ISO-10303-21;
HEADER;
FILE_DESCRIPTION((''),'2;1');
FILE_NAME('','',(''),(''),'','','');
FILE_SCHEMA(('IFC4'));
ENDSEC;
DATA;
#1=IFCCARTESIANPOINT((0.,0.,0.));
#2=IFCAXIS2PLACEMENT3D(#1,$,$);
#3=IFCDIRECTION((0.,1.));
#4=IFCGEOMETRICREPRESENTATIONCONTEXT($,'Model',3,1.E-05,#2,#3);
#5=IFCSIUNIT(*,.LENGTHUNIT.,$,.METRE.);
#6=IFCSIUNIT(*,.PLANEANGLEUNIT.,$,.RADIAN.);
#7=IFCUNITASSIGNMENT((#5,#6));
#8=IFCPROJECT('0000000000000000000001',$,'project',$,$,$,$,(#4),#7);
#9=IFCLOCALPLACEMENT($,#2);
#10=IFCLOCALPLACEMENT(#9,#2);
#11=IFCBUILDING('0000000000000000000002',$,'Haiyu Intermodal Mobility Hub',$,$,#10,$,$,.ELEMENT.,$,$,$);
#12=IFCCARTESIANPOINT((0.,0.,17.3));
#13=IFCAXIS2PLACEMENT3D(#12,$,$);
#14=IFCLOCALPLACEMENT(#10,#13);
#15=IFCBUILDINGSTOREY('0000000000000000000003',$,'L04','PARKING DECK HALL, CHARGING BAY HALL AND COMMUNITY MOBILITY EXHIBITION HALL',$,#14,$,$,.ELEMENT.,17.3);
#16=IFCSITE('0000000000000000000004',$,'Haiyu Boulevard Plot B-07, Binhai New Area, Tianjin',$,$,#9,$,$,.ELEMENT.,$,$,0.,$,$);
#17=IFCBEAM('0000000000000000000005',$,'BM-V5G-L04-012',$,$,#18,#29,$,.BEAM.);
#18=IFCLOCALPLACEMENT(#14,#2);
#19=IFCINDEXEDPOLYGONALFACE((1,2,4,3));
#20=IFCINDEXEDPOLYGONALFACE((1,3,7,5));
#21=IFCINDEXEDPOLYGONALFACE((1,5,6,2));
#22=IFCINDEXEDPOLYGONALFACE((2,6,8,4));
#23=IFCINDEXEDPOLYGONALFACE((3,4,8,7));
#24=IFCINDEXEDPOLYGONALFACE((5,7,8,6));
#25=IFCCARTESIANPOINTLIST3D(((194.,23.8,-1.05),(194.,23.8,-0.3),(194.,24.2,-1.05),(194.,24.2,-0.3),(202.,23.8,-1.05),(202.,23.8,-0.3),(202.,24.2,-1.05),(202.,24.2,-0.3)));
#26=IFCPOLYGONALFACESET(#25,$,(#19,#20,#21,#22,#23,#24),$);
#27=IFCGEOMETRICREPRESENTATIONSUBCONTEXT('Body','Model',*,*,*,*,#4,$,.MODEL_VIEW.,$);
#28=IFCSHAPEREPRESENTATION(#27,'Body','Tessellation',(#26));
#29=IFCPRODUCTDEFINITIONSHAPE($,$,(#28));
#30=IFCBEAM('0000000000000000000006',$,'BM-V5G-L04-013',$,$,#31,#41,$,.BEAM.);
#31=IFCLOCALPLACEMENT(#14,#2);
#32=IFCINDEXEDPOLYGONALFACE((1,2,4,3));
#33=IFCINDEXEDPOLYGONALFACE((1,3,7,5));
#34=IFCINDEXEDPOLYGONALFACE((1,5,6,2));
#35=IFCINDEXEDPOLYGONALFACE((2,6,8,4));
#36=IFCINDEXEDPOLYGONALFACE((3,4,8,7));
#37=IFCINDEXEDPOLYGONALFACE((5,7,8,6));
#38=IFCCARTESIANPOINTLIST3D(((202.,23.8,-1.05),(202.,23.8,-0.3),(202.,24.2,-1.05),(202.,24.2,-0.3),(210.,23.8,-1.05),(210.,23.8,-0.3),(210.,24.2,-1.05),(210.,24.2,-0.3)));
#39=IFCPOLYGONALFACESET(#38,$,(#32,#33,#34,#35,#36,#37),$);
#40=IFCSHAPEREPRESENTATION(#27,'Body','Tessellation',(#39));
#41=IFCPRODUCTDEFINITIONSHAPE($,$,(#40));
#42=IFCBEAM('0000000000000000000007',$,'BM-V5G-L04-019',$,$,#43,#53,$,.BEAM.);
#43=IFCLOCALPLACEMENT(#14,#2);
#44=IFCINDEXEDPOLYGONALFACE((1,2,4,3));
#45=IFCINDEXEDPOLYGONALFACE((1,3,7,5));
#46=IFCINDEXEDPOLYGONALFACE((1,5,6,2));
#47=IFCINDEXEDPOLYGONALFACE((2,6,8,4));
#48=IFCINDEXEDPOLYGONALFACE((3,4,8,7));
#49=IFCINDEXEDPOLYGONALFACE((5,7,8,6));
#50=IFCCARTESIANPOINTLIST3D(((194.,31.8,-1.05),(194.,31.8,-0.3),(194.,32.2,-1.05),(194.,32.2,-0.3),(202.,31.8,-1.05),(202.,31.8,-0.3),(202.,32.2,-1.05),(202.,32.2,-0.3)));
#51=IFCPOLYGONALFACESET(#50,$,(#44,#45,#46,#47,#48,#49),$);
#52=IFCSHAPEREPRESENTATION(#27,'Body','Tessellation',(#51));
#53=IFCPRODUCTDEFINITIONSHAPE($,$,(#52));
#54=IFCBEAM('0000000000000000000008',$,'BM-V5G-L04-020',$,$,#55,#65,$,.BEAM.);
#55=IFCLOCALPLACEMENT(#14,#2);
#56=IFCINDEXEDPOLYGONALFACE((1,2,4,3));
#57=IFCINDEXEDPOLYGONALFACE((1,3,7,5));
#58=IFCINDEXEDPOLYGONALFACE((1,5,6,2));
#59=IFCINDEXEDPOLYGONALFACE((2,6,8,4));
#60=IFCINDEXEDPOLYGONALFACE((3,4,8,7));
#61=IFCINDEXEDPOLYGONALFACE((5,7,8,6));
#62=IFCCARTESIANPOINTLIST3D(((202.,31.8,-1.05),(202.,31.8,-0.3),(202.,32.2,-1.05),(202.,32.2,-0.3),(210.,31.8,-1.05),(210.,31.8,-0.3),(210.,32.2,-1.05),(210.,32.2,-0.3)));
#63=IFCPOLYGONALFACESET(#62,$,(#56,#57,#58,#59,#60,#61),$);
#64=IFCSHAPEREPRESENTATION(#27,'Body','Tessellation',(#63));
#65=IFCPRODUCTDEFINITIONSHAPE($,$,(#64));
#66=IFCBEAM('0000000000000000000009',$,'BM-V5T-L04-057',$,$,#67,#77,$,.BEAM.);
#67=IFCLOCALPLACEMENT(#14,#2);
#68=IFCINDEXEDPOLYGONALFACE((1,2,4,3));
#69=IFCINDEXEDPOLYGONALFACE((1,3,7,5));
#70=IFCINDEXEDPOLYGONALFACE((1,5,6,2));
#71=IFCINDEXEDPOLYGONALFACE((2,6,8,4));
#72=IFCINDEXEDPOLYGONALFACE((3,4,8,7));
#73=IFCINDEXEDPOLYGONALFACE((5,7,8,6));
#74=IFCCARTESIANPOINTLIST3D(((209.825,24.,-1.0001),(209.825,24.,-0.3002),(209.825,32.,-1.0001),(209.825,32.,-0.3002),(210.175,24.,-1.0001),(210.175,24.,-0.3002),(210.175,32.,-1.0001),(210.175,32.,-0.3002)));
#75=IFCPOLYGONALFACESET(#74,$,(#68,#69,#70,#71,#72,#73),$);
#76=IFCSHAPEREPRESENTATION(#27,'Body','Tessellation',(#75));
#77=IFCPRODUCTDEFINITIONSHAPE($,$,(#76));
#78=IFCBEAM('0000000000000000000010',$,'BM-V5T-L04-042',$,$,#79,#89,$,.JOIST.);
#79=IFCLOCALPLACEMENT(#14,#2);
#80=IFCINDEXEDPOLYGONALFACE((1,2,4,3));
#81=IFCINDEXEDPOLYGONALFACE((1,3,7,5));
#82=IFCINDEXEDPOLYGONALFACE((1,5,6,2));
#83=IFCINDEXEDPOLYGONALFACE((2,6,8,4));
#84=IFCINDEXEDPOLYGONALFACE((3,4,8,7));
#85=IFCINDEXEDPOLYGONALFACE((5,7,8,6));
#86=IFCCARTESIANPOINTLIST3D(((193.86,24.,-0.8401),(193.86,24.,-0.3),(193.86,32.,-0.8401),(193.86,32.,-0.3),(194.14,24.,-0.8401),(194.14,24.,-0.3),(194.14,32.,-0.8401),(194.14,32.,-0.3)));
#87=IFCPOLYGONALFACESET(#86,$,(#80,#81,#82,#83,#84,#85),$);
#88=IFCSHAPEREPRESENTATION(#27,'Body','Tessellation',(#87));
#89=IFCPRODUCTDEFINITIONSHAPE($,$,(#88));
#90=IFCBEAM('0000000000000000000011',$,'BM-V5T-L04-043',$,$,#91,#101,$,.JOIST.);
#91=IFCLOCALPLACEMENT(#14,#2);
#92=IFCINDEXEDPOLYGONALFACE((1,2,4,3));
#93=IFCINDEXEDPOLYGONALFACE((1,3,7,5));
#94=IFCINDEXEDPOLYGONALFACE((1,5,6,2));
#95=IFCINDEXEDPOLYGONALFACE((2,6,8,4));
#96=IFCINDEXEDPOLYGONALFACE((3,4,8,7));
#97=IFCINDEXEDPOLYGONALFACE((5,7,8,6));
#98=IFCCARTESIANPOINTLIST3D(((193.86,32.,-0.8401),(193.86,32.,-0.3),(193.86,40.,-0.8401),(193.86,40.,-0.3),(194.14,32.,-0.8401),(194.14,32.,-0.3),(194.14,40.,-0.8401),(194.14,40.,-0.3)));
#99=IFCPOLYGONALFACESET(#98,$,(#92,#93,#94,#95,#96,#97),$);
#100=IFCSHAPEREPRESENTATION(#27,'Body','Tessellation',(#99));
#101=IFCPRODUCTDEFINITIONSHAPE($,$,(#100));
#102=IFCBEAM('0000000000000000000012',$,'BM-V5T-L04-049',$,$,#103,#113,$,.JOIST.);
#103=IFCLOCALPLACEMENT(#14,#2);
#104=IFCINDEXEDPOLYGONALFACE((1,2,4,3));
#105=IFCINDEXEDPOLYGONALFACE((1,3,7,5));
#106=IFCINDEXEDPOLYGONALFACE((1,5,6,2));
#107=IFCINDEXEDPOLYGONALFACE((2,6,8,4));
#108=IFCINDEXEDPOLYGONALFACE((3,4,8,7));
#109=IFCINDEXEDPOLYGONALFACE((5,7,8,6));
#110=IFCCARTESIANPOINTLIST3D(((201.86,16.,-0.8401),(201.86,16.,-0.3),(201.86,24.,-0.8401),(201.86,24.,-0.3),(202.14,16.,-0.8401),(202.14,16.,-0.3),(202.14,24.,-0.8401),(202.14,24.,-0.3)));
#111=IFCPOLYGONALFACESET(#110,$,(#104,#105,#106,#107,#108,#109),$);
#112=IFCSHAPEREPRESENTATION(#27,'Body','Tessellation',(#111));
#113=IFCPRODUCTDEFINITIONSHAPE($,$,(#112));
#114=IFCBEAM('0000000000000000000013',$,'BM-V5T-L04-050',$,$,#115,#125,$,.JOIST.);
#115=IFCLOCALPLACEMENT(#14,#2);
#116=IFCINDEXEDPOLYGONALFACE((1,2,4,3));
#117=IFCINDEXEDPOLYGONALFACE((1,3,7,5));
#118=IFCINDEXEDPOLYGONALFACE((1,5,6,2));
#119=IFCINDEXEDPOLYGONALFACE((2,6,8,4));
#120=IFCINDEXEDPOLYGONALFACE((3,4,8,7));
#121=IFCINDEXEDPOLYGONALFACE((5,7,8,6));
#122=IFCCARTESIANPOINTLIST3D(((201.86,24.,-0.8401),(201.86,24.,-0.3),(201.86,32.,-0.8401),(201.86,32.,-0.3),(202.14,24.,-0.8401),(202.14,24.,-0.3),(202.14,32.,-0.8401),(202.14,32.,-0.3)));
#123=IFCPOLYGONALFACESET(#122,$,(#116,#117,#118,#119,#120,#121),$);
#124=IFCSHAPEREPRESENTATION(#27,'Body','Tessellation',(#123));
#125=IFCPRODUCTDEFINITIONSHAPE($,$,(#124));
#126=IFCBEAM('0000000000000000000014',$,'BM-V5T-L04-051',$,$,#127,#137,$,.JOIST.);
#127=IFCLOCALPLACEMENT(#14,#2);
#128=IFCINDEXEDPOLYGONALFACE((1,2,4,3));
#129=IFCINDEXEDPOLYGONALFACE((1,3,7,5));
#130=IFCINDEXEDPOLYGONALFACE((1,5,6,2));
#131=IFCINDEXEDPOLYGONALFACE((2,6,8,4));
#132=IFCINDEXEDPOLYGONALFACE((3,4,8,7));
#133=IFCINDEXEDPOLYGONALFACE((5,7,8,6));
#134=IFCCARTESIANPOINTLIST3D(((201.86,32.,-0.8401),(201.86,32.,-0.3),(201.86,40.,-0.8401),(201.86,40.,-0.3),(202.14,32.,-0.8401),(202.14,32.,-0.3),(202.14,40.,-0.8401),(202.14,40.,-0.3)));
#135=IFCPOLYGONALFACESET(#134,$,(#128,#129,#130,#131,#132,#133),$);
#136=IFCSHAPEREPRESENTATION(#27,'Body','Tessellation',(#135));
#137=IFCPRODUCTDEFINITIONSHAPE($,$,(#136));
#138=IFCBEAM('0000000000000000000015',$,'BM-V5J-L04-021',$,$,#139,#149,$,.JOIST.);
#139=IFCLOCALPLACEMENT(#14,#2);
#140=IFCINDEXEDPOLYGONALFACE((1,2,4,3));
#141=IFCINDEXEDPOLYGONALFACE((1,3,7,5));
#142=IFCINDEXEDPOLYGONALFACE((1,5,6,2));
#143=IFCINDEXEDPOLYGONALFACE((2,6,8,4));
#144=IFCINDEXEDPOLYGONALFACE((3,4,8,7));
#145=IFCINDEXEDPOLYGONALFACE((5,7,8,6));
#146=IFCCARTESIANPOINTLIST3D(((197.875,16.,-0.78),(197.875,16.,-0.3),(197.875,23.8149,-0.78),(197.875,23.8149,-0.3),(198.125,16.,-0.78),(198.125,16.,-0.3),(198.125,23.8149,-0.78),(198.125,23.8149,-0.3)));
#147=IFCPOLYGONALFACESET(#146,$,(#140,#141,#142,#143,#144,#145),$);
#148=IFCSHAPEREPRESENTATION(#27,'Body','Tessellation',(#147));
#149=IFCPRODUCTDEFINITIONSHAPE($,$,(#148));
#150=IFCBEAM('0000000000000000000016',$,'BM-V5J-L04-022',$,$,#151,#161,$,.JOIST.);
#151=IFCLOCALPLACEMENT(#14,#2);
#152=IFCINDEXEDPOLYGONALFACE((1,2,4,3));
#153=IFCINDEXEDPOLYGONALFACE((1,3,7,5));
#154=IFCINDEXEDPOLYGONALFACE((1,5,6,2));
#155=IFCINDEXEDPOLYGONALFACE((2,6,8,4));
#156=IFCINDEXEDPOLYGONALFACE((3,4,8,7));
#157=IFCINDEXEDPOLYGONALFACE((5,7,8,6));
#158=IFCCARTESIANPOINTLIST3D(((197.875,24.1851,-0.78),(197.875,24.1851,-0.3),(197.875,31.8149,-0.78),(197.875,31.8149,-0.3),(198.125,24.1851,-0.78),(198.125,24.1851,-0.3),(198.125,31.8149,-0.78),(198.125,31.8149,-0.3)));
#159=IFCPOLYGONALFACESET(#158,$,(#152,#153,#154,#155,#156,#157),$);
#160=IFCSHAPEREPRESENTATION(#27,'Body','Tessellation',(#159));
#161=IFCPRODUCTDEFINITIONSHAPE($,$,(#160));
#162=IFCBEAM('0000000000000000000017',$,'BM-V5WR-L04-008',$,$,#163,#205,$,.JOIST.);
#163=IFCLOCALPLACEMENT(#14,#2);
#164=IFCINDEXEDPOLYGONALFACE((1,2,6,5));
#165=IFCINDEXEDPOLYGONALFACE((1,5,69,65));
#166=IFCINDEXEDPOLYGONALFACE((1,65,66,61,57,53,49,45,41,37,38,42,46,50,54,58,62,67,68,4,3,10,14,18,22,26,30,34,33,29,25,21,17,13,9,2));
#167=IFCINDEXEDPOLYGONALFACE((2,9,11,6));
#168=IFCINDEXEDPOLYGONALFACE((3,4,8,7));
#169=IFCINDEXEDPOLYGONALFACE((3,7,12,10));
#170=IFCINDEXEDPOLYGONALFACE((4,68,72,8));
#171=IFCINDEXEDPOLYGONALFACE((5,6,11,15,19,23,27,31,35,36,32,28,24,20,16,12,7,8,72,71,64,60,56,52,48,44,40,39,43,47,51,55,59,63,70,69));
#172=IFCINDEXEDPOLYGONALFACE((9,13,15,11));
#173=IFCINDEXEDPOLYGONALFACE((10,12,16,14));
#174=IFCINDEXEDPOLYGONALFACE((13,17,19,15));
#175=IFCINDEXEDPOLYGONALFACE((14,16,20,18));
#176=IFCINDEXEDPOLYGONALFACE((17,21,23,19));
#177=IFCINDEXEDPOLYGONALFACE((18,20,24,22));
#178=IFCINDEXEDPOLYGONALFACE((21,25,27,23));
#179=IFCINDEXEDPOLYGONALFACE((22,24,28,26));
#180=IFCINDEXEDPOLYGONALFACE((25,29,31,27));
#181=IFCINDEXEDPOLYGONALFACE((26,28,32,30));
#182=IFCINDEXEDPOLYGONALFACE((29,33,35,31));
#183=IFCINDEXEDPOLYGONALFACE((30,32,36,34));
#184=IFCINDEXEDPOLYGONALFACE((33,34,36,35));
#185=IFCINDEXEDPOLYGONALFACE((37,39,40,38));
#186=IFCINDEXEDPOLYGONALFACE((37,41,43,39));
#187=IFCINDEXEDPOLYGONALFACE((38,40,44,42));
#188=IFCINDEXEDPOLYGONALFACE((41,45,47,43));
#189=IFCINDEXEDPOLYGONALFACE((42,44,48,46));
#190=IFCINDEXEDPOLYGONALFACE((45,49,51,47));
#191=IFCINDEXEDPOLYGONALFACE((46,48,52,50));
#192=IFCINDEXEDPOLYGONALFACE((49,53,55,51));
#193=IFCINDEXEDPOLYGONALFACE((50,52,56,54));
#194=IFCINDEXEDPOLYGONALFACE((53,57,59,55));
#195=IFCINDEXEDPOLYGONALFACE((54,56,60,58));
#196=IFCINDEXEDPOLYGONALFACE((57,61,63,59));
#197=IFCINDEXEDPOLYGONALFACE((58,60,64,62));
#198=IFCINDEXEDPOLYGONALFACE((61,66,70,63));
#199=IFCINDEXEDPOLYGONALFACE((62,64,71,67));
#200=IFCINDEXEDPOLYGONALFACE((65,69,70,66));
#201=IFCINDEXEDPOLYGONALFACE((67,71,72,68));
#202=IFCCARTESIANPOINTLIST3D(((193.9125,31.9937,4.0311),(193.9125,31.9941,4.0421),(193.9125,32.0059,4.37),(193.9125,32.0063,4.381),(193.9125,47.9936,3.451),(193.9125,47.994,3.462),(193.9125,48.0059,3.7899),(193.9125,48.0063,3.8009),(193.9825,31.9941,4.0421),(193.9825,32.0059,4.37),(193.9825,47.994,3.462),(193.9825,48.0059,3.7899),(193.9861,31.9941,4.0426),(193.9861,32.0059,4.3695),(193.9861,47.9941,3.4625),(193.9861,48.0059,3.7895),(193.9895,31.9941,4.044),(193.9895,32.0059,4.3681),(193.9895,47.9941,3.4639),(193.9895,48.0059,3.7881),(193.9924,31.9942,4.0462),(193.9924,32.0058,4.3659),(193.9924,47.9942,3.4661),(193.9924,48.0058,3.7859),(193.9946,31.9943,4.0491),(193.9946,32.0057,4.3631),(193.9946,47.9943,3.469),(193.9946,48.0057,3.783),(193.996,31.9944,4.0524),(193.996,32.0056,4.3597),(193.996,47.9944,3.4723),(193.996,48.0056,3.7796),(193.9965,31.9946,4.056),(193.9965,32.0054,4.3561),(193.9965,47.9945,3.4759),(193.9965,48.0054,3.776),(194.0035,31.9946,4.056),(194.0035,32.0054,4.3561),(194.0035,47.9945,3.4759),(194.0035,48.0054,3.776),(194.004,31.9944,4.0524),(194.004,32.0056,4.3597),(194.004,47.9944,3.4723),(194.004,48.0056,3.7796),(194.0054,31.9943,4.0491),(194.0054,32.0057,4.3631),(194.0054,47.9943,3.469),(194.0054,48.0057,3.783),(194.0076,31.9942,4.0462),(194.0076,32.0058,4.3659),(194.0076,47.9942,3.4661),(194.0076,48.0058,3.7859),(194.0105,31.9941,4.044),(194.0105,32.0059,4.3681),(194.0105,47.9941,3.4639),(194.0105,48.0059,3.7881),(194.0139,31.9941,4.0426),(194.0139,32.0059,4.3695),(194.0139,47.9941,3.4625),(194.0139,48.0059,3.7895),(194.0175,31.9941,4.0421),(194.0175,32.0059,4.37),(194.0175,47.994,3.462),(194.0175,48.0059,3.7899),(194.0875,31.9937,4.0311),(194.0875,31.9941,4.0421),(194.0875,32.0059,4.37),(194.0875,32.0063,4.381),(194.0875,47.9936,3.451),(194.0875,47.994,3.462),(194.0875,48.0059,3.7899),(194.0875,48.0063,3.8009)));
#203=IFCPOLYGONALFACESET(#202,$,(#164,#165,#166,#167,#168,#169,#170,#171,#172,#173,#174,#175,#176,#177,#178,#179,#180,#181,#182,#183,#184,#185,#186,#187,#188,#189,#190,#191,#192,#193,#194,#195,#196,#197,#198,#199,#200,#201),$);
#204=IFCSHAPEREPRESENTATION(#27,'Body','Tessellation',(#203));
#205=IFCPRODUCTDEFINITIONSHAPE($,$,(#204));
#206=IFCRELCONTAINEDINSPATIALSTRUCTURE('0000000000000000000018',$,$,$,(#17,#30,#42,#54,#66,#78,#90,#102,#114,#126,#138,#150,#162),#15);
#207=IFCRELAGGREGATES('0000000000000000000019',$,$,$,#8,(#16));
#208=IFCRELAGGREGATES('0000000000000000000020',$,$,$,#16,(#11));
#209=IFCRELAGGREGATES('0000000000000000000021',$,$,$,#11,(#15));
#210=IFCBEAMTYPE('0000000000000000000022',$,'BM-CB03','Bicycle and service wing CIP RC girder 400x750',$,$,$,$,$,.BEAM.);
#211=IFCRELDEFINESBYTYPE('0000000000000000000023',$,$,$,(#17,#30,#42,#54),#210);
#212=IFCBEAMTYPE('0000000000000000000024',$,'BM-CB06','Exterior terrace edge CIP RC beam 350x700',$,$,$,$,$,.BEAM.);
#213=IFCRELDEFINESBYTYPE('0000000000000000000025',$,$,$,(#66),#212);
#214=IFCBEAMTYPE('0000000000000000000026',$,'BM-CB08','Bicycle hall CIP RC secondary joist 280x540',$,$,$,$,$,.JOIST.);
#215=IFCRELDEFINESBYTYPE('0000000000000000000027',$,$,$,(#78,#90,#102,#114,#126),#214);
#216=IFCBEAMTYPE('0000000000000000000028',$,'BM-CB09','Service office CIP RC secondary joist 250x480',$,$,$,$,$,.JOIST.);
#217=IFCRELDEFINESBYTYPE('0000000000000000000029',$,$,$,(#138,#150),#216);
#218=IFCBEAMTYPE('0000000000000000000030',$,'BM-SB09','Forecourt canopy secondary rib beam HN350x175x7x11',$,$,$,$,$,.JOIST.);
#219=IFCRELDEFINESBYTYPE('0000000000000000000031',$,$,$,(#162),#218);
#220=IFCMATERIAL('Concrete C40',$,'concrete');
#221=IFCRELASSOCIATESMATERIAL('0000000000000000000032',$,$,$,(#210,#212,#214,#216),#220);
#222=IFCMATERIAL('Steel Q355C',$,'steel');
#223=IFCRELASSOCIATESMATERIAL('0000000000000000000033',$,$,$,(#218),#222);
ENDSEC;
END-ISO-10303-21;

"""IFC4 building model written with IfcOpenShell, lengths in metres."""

from ifc_helpers import new_model, si_unit, direction, frame, origin, origin_2d, place, context, subcontext, project, spatial, rectangle, i_section, extrude, material, material_profile, profile_set, type_object, element, save


model = new_model("IFC4")

# Units and contexts
model_context = context("Model", 3, precision=1e-05, world=origin(), true_north=direction((0.0, 1.0)))
body_context = subcontext(model_context, "Body", "Model", "MODEL_VIEW")
ifc_project = project(units=[si_unit("LENGTHUNIT", "METRE"), si_unit("PLANEANGLEUNIT", "RADIAN")], contexts=[model_context])

# Site, building, storey
site_placement = place(None, origin())
site = spatial("IfcSite", under=ifc_project, at=site_placement, Name="Haiyu Boulevard Plot B-07, Binhai New Area, Tianjin", CompositionType="ELEMENT", RefElevation=0.0)
building_placement = place(site_placement, origin())
building = spatial("IfcBuilding", under=site, at=building_placement, Name="Haiyu Intermodal Mobility Hub", CompositionType="ELEMENT")
storey_placement = place(building_placement, frame((0.0, 0.0, 17.3)))
storey = spatial("IfcBuildingStorey", under=building, at=storey_placement, Name="L04", Description="PARKING DECK HALL, CHARGING BAY HALL AND COMMUNITY MOBILITY EXHIBITION HALL", CompositionType="ELEMENT", Elevation=17.3)

# Shared definitions
ifc_material_1 = material(Name="Steel Q355C", Category="steel")

# Beams
ifc_material_2 = material(Name="Concrete C40", Category="concrete")
ifc_material_profile_1 = material_profile(ifc_material_2, rectangle(XDim=0.3999, YDim=0.75, at=origin_2d()), Name="RCB400x750")
ifc_profile_set_1 = profile_set([ifc_material_profile_1], Name="Concrete C40")
beam_type_1 = type_object("IfcBeamType", Name="BM-CB03", Description="Bicycle and service wing CIP RC girder 400x750", PredefinedType="BEAM", material=ifc_profile_set_1)
for number, where, z_axis, x_axis, name in (
    (1, (194.0, 24.0, -0.675), (1.0, 0.0, 0.0), (0.0, 1.0, 0.0), "BM-V5G-L04-012"),
    (2, (202.0, 24.0, -0.675), (1.0, 0.0, 0.0), (0.0, 1.0, 0.0), "BM-V5G-L04-013"),
    (3, (194.0, 32.0, -0.675), (1.0, 0.0, 0.0), (0.0, 1.0, 0.0), "BM-V5G-L04-019"),
    (4, (202.0, 32.0, -0.675), (1.0, 0.0, 0.0), (0.0, 1.0, 0.0), "BM-V5G-L04-020"),
):
    element("IfcBeam", number, at=place(storey_placement, frame(where, z_axis=z_axis, x_axis=x_axis)), inside=storey, type_object=beam_type_1, Name=name, PredefinedType="BEAM", context=body_context, shape_type="SweptSolid", body=[
        extrude(rectangle(XDim=0.3999, YDim=0.75, at=origin_2d()), origin(), (0.0, 0.0, 1.0), 8.0),
    ])
ifc_material_profile_2 = material_profile(ifc_material_2, rectangle(XDim=0.3501, YDim=0.7, at=origin_2d()), Name="RCB350x700")
ifc_profile_set_2 = profile_set([ifc_material_profile_2], Name="Concrete C40")
beam_type_2 = type_object("IfcBeamType", Name="BM-CB06", Description="Exterior terrace edge CIP RC beam 350x700", PredefinedType="BEAM", material=ifc_profile_set_2)
beam_1_placement = place(storey_placement, frame((210.0, 24.0, -0.6501), z_axis=(0.0, 1.0, 0.0), x_axis=(-1.0, 0.0, 0.0)))
element("IfcBeam", 5, at=beam_1_placement, inside=storey, type_object=beam_type_2, Name="BM-V5T-L04-057", PredefinedType="BEAM", context=body_context, shape_type="SweptSolid", body=[
    extrude(rectangle(XDim=0.3501, YDim=0.7, at=origin_2d()), origin(), (0.0, 0.0, 1.0), 8.0),
])
ifc_material_profile_3 = material_profile(ifc_material_2, rectangle(XDim=0.28, YDim=0.54, at=origin_2d()), Name="RCB280x540")
ifc_profile_set_3 = profile_set([ifc_material_profile_3], Name="Concrete C40")
beam_type_3 = type_object("IfcBeamType", Name="BM-CB08", Description="Bicycle hall CIP RC secondary joist 280x540", PredefinedType="JOIST", material=ifc_profile_set_3)
for number, where, z_axis, x_axis, name in (
    (6, (194.0, 24.0, -0.5701), (0.0, 1.0, 0.0), (-1.0, 0.0, 0.0), "BM-V5T-L04-042"),
    (7, (194.0, 32.0, -0.5701), (0.0, 1.0, 0.0), (-1.0, 0.0, 0.0), "BM-V5T-L04-043"),
    (8, (202.0, 16.0, -0.5701), (0.0, 1.0, 0.0), (-1.0, 0.0, 0.0), "BM-V5T-L04-049"),
    (9, (202.0, 24.0, -0.5701), (0.0, 1.0, 0.0), (-1.0, 0.0, 0.0), "BM-V5T-L04-050"),
    (10, (202.0, 32.0, -0.5701), (0.0, 1.0, 0.0), (-1.0, 0.0, 0.0), "BM-V5T-L04-051"),
):
    element("IfcBeam", number, at=place(storey_placement, frame(where, z_axis=z_axis, x_axis=x_axis)), inside=storey, type_object=beam_type_3, Name=name, PredefinedType="JOIST", context=body_context, shape_type="SweptSolid", body=[
        extrude(rectangle(XDim=0.28, YDim=0.54, at=origin_2d()), origin(), (0.0, 0.0, 1.0), 8.0),
    ])
ifc_material_profile_4 = material_profile(ifc_material_2, rectangle(XDim=0.25, YDim=0.48, at=origin_2d()), Name="RCB250x480")
ifc_profile_set_4 = profile_set([ifc_material_profile_4], Name="Concrete C40")
beam_type_4 = type_object("IfcBeamType", Name="BM-CB09", Description="Service office CIP RC secondary joist 250x480", PredefinedType="JOIST", material=ifc_profile_set_4)
beam_2_placement = place(storey_placement, frame((198.0, 16.0, -0.54), z_axis=(0.0, 1.0, 0.0), x_axis=(-1.0, 0.0, 0.0)))
element("IfcBeam", 11, at=beam_2_placement, inside=storey, type_object=beam_type_4, Name="BM-V5J-L04-021", PredefinedType="JOIST", context=body_context, shape_type="SweptSolid", body=[
    extrude(rectangle(XDim=0.25, YDim=0.48, at=origin_2d()), origin(), (0.0, 0.0, 1.0), 7.8149),
])
beam_3_placement = place(storey_placement, frame((198.0, 24.1851, -0.54), z_axis=(0.0, 1.0, 0.0), x_axis=(-1.0, 0.0, 0.0)))
element("IfcBeam", 12, at=beam_3_placement, inside=storey, type_object=beam_type_4, Name="BM-V5J-L04-022", PredefinedType="JOIST", context=body_context, shape_type="SweptSolid", body=[
    extrude(rectangle(XDim=0.25, YDim=0.48, at=origin_2d()), origin(), (0.0, 0.0, 1.0), 7.6299),
])
ifc_material_profile_5 = material_profile(ifc_material_1, i_section(OverallWidth=0.175, OverallDepth=0.3501, WebThickness=0.0071, FlangeThickness=0.011, FilletRadius=0.0139, at=origin_2d()), Name="HN350x175x7x11")
ifc_profile_set_5 = profile_set([ifc_material_profile_5], Name="Steel Q355C")
beam_type_5 = type_object("IfcBeamType", Name="BM-SB09", Description="Forecourt canopy secondary rib beam HN350x175x7x11", PredefinedType="JOIST", material=ifc_profile_set_5)
for number, where, z_axis, x_axis, name in (
    (13, (194.0, 32.0, 4.2061), (0.0, 0.999343, -0.036231), (-1.0, 0.0, 0.0), "BM-V5WR-L04-008"),
):
    element("IfcBeam", number, at=place(storey_placement, frame(where, z_axis=z_axis, x_axis=x_axis)), inside=storey, type_object=beam_type_5, Name=name, PredefinedType="JOIST", context=body_context, shape_type="SweptSolid", body=[
        extrude(i_section(OverallWidth=0.175, OverallDepth=0.3501, WebThickness=0.0071, FlangeThickness=0.011, FilletRadius=0.0139, at=origin_2d()), origin(), (0.0, 0.0, 1.0), 16.0105),
    ])

save(model, "model.ifc")
